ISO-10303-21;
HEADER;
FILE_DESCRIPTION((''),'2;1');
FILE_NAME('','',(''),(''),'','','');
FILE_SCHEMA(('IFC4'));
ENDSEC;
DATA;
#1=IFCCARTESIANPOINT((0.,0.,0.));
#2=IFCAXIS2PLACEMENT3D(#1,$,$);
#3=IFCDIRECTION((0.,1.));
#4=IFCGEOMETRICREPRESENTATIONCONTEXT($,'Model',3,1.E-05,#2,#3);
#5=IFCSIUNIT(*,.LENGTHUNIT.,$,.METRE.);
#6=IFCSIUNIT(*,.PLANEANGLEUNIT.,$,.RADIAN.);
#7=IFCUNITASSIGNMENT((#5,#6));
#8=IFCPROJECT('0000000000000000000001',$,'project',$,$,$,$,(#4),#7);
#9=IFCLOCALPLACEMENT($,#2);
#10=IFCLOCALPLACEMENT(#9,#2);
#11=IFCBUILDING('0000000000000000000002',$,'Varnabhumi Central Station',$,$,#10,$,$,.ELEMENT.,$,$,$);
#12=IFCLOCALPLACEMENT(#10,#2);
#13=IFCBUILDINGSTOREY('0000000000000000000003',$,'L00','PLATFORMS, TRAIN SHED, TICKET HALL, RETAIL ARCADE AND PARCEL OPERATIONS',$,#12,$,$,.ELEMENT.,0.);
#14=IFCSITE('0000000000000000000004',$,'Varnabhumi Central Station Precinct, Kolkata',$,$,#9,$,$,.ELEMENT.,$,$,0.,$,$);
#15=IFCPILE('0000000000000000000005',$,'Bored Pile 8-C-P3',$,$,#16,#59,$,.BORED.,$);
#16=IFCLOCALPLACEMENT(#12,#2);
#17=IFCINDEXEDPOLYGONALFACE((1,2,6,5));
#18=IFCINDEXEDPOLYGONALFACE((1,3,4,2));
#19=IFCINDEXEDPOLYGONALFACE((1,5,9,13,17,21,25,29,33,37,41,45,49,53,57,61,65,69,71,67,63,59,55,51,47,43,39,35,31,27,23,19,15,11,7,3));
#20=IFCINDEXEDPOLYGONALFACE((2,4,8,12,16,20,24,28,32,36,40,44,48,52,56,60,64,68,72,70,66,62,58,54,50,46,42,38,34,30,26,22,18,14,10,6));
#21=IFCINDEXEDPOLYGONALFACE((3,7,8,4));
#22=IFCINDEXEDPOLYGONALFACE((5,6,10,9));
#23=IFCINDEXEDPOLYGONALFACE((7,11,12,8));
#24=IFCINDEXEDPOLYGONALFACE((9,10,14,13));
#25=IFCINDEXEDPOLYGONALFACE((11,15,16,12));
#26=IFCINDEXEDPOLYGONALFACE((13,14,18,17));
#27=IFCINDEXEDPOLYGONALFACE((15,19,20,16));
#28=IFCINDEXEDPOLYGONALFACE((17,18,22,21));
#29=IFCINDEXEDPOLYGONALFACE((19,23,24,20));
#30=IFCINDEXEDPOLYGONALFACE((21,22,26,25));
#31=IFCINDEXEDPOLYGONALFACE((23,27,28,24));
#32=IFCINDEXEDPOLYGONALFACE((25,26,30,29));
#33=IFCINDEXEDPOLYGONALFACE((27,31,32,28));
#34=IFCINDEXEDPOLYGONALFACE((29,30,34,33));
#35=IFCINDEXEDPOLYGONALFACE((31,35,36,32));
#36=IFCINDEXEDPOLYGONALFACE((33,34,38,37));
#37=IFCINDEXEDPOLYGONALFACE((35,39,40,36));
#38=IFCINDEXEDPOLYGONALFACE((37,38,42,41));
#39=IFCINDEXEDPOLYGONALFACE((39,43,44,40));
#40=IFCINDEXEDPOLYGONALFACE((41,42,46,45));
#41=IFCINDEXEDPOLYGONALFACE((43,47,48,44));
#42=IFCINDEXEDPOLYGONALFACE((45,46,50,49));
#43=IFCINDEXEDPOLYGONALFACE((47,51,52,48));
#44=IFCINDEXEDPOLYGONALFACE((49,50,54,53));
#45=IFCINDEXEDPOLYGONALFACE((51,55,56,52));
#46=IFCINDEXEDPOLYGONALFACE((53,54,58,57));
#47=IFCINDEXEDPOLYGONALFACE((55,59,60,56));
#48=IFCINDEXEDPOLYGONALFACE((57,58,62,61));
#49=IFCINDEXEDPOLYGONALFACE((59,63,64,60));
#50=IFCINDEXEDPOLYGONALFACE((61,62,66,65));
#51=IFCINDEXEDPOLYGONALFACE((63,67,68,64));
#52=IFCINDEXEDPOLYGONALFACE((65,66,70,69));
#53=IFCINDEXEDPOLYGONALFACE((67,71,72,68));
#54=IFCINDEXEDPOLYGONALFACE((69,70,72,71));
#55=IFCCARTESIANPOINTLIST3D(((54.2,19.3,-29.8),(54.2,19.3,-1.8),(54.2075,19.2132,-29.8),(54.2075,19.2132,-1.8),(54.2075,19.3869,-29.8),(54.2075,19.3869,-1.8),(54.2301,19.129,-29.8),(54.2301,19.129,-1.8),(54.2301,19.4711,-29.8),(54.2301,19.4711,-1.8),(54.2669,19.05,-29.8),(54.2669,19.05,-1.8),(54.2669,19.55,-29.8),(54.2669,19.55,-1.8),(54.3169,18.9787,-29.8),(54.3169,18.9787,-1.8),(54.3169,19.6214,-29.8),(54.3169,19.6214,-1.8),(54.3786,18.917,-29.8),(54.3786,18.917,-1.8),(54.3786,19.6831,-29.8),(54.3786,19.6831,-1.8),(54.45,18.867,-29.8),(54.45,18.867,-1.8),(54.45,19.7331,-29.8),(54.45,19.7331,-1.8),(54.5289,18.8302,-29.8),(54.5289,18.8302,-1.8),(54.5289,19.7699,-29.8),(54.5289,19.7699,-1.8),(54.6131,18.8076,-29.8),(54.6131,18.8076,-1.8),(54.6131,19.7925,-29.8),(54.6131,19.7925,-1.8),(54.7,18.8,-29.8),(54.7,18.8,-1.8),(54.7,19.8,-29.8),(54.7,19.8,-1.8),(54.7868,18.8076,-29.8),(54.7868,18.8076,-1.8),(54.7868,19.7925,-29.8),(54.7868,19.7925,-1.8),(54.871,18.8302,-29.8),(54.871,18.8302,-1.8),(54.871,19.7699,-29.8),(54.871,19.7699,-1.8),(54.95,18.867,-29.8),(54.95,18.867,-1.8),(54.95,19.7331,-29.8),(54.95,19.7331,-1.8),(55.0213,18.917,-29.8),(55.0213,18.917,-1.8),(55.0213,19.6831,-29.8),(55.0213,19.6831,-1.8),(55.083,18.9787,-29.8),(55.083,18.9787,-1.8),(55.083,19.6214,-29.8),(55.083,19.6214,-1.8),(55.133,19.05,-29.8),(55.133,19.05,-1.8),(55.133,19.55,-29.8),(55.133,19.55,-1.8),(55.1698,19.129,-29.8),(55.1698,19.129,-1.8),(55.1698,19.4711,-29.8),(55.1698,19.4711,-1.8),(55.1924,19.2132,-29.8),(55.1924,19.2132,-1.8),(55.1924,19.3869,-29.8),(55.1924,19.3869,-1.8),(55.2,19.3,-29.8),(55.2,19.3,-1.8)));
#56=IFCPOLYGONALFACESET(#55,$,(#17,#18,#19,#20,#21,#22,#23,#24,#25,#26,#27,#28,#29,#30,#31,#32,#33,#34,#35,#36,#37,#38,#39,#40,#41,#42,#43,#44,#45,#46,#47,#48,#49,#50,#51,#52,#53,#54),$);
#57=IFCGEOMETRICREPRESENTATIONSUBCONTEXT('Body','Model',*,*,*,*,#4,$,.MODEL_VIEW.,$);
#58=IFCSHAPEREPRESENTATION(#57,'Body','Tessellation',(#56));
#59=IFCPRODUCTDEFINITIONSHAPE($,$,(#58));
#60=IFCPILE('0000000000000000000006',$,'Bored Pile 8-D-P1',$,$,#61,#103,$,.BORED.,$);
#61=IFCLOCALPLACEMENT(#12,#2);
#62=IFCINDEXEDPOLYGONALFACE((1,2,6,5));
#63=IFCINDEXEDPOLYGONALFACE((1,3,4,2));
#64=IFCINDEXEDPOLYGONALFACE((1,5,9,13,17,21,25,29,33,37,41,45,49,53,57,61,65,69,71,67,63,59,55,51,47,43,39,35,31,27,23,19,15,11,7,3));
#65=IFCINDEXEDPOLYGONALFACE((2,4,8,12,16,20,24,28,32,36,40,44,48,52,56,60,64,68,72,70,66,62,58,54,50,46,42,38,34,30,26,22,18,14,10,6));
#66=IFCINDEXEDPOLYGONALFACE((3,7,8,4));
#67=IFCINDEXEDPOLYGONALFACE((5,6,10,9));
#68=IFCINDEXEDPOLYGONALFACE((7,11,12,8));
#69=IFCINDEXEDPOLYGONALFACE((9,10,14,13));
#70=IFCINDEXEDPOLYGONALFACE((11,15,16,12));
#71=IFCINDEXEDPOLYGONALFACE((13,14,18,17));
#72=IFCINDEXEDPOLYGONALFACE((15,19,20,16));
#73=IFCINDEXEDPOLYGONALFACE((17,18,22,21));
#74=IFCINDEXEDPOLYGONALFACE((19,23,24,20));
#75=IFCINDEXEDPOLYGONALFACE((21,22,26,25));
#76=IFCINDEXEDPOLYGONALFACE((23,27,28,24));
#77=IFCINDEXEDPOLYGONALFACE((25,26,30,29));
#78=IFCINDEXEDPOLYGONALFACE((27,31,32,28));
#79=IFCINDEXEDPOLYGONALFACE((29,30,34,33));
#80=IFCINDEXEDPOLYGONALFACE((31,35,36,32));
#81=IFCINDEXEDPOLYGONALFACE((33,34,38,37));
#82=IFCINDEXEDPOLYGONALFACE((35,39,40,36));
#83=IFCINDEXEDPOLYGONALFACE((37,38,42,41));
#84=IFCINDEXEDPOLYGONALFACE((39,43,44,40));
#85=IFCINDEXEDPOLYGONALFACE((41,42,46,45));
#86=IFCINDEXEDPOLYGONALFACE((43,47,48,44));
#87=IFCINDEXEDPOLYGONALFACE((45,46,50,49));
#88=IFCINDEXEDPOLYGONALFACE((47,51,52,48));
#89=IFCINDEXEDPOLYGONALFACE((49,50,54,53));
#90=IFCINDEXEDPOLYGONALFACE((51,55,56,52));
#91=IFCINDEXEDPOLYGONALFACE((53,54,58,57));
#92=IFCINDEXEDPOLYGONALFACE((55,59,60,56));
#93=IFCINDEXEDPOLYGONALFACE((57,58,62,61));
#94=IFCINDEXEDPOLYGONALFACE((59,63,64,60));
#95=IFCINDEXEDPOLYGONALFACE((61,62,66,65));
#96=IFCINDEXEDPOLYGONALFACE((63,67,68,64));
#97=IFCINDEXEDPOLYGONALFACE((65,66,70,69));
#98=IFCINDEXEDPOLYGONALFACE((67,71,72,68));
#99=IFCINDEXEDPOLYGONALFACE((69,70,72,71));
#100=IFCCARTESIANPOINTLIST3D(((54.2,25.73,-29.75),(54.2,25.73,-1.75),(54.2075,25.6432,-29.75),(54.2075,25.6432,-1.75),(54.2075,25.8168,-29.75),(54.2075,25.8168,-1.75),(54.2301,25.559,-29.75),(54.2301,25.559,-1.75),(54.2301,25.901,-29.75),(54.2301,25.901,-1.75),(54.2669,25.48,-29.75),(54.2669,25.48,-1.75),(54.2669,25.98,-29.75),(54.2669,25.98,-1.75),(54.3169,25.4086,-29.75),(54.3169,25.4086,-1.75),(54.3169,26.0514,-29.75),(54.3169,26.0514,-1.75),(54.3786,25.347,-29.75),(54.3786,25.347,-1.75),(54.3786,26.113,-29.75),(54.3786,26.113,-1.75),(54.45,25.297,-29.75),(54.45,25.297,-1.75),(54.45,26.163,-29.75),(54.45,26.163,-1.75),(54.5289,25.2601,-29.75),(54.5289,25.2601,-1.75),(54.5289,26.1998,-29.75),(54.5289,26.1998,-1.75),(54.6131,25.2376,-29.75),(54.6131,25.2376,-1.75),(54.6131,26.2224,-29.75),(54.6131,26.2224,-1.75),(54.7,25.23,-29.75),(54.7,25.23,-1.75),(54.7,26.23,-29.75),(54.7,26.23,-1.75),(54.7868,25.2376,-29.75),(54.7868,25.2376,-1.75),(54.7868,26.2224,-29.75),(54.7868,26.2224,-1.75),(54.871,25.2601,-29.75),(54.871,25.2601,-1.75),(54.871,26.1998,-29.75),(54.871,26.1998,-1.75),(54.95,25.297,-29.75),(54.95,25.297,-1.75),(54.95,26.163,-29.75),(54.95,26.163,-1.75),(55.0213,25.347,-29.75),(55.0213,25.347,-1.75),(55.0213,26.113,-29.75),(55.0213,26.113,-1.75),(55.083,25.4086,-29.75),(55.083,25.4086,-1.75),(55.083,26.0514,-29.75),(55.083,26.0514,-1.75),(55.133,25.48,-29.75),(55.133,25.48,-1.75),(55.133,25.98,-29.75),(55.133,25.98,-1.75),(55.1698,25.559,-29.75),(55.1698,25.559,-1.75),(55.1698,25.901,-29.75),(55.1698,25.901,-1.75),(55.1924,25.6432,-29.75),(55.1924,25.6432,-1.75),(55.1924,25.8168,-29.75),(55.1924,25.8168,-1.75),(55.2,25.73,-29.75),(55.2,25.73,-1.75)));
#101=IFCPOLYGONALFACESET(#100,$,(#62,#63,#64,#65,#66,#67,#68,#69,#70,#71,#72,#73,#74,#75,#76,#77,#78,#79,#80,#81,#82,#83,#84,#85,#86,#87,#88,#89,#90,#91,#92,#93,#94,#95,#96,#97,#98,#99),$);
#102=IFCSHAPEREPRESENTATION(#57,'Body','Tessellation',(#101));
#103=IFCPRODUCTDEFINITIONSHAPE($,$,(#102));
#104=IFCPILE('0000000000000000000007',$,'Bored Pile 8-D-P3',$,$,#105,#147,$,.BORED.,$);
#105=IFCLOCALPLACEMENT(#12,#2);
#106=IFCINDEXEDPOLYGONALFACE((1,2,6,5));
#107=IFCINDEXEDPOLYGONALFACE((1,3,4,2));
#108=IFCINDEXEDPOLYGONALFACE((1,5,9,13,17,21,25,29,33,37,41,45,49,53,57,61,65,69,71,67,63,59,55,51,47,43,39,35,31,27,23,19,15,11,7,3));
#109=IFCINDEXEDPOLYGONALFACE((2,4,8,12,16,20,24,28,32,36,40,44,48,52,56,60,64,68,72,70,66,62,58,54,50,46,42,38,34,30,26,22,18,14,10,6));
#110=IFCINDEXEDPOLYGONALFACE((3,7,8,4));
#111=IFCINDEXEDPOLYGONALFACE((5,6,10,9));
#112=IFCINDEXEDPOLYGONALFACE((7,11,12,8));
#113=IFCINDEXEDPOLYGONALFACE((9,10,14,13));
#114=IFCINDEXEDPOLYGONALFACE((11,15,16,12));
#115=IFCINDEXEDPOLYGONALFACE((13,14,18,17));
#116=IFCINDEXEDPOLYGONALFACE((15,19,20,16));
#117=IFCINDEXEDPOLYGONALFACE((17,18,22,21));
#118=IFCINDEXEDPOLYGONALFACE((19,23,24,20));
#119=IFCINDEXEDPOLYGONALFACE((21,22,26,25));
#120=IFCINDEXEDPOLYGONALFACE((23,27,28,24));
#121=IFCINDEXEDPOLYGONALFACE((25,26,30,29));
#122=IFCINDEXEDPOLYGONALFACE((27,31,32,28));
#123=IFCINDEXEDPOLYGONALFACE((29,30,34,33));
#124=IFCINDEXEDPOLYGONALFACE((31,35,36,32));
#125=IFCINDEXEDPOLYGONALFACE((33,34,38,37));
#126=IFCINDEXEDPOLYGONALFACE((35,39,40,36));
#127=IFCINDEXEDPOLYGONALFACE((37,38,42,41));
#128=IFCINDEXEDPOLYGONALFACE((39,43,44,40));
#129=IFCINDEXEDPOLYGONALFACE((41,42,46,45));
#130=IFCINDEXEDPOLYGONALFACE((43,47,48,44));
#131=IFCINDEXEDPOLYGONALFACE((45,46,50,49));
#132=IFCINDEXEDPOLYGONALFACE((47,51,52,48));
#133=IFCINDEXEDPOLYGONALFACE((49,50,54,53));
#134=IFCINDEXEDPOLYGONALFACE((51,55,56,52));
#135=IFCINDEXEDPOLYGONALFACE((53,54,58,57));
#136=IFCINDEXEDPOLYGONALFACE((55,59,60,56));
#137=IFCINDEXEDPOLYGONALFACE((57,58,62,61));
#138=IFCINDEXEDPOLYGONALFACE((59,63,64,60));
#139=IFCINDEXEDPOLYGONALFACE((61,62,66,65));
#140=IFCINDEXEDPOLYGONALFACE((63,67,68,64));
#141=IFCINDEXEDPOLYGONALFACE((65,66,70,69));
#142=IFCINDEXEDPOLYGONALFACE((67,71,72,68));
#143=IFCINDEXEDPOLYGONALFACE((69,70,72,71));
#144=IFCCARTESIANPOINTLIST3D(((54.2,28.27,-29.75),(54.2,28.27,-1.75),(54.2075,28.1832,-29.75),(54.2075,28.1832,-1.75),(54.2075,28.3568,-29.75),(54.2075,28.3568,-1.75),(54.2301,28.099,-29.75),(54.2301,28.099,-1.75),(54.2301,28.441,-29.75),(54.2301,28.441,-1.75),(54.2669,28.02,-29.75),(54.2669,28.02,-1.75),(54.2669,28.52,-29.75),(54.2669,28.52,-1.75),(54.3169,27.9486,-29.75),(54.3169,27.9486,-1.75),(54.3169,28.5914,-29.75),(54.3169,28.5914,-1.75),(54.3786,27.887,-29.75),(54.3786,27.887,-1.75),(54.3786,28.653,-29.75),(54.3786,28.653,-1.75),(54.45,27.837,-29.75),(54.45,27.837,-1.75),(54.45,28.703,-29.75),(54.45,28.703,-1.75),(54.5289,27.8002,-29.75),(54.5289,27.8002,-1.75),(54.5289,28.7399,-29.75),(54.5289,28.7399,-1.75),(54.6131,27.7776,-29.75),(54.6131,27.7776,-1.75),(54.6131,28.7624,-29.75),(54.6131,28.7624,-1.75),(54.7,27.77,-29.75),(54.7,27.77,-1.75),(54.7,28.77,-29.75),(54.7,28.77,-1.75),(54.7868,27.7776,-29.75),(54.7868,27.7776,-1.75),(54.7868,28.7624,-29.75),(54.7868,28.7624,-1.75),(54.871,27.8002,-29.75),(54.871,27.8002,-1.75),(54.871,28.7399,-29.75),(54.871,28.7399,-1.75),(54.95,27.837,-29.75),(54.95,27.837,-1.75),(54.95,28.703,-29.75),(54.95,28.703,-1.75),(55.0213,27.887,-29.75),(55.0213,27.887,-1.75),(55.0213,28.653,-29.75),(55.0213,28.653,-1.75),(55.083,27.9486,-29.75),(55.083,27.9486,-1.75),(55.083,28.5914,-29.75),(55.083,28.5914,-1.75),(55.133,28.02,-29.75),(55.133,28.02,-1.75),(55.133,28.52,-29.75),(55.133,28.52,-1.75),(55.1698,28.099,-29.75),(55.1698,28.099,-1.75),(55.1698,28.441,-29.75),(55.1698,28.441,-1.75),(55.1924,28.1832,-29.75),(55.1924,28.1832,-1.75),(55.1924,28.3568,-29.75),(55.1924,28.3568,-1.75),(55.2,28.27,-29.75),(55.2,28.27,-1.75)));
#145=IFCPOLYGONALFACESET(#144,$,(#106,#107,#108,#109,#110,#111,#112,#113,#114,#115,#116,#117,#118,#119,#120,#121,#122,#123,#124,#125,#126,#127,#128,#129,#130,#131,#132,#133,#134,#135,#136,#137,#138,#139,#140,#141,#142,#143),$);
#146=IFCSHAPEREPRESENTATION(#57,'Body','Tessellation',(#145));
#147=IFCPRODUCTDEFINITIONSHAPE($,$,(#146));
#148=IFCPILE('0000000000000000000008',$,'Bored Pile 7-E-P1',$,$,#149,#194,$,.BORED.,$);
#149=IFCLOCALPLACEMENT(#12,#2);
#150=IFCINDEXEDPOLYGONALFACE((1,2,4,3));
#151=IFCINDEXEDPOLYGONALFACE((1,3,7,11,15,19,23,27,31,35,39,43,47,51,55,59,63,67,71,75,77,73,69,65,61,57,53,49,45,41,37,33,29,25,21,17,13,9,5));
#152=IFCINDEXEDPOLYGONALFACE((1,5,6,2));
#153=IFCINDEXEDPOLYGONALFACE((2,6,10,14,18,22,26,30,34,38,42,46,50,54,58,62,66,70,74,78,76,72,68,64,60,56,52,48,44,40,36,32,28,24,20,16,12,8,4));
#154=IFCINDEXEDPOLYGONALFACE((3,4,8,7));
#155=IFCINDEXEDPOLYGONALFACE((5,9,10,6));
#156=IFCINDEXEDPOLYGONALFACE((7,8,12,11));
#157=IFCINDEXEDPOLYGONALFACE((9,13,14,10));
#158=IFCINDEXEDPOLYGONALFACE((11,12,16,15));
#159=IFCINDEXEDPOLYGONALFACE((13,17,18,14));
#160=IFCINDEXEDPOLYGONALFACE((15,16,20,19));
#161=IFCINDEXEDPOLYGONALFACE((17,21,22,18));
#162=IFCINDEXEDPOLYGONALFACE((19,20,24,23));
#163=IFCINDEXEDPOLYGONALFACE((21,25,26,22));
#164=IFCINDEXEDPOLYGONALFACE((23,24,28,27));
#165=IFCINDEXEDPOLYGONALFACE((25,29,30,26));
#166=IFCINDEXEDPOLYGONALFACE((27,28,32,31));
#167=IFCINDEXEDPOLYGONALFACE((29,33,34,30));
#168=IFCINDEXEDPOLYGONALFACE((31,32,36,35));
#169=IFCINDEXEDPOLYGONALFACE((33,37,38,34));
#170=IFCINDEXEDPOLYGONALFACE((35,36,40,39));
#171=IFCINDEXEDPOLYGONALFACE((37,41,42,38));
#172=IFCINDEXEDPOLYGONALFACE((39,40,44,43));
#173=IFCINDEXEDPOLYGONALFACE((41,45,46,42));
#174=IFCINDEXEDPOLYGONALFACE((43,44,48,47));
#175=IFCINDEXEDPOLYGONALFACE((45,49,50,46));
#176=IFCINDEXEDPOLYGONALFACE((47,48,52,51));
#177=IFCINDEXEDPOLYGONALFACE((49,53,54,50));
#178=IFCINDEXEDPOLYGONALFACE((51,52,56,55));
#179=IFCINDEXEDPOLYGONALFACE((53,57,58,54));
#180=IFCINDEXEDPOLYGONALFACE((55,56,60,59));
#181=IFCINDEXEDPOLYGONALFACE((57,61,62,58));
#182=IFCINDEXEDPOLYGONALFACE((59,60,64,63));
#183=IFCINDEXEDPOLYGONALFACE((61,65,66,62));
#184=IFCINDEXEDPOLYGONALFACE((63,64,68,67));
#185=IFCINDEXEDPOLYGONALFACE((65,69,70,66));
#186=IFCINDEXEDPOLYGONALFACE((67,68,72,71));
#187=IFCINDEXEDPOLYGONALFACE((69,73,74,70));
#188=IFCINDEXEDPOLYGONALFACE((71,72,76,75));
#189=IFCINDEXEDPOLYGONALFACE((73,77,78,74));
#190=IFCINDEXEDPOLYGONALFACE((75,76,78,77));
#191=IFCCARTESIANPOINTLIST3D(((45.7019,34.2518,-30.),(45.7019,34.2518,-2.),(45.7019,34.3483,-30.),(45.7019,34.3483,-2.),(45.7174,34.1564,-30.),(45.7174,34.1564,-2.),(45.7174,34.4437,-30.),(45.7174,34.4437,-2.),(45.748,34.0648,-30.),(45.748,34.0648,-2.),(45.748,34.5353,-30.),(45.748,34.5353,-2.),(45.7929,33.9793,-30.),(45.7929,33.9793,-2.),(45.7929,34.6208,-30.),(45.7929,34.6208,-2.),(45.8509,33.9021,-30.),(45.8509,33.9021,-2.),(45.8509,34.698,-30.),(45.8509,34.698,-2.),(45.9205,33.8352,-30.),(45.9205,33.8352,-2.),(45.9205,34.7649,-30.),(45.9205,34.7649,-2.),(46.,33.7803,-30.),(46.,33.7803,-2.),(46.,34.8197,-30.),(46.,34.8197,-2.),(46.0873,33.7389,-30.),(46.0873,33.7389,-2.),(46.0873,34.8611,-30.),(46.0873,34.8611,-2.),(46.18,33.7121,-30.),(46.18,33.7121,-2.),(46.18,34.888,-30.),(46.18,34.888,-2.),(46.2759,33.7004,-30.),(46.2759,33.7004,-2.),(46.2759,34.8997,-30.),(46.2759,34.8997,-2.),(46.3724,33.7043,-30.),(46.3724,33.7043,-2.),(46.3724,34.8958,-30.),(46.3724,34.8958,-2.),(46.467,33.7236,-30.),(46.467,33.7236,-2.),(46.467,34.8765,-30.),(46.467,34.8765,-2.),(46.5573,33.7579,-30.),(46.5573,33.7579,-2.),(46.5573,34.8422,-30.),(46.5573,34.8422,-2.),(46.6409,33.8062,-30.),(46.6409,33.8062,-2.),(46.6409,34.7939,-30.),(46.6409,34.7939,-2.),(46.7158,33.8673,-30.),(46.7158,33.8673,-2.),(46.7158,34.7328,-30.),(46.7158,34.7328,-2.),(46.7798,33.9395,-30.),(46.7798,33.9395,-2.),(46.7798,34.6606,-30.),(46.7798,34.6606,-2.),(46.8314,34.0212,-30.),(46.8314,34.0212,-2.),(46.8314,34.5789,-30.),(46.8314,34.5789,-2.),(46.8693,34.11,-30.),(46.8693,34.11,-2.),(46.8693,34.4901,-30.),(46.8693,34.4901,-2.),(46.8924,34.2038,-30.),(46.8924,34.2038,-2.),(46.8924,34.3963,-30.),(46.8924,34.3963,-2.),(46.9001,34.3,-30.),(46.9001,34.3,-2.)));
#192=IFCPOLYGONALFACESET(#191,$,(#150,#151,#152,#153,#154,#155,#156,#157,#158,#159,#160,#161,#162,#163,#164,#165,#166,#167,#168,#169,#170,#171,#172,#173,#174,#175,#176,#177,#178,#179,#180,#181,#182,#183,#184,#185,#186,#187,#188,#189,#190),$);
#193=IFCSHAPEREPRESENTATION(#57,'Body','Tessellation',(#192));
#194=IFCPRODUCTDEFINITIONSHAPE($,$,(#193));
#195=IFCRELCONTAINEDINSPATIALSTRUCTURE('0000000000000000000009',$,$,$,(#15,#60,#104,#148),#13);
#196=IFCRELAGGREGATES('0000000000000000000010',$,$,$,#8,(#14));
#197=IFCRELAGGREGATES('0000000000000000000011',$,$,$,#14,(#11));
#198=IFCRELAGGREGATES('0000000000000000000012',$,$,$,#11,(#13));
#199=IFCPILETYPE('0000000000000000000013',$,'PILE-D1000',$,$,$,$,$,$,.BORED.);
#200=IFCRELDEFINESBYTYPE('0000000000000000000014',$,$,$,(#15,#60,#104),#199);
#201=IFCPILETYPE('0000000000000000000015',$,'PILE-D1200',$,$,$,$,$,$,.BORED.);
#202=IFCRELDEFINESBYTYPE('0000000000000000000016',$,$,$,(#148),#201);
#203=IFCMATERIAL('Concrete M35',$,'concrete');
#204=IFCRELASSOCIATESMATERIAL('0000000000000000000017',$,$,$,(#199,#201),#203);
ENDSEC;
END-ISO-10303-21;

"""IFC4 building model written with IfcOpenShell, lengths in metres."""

from ifc_helpers import new_model, si_unit, direction, frame, origin, origin_2d, place, context, subcontext, project, spatial, circle, extrude, material, material_profile, profile_set, type_object, element, save


model = new_model("IFC4")

# Units and contexts
model_context = context("Model", 3, precision=1e-05, world=origin(), true_north=direction((0.0, 1.0)))
body_context = subcontext(model_context, "Body", "Model", "MODEL_VIEW")
ifc_project = project(units=[si_unit("LENGTHUNIT", "METRE"), si_unit("PLANEANGLEUNIT", "RADIAN")], contexts=[model_context])

# Site, building, storey
site_placement = place(None, origin())
site = spatial("IfcSite", under=ifc_project, at=site_placement, Name="Varnabhumi Central Station Precinct, Kolkata", CompositionType="ELEMENT", RefElevation=0.0)
building_placement = place(site_placement, origin())
building = spatial("IfcBuilding", under=site, at=building_placement, Name="Varnabhumi Central Station", CompositionType="ELEMENT")
storey_placement = place(building_placement, origin())
storey = spatial("IfcBuildingStorey", under=building, at=storey_placement, Name="L00", Description="PLATFORMS, TRAIN SHED, TICKET HALL, RETAIL ARCADE AND PARCEL OPERATIONS", CompositionType="ELEMENT", Elevation=0.0)

# Piles
ifc_material_1 = material(Name="Concrete M35", Category="concrete")
ifc_material_profile_1 = material_profile(ifc_material_1, circle(Radius=0.5, at=origin_2d()), Name="Concrete M35", Category="concrete")
ifc_profile_set_1 = profile_set([ifc_material_profile_1], Name="Concrete M35")
pile_type_1 = type_object("IfcPileType", Name="PILE-D1000", PredefinedType="BORED", material=ifc_profile_set_1)
for number, where, z_axis, x_axis, name in (
    (1, (54.7, 19.3, -1.8), (0.0, 0.0, -1.0), (1.0, 0.0, 0.0), "Bored Pile 8-C-P3"),
    (2, (54.7, 25.73, -1.75), (0.0, 0.0, -1.0), (1.0, 0.0, 0.0), "Bored Pile 8-D-P1"),
    (3, (54.7, 28.27, -1.75), (0.0, 0.0, -1.0), (1.0, 0.0, 0.0), "Bored Pile 8-D-P3"),
):
    element("IfcPile", number, at=place(storey_placement, frame(where, z_axis=z_axis, x_axis=x_axis)), inside=storey, type_object=pile_type_1, Name=name, PredefinedType="BORED", context=body_context, shape_type="SweptSolid", body=[
        extrude(circle(Radius=0.5, at=origin_2d()), origin(), (0.0, 0.0, 1.0), 28.0),
    ])
ifc_material_profile_2 = material_profile(ifc_material_1, circle(Radius=0.6001, at=origin_2d()), Name="Concrete M35", Category="concrete")
ifc_profile_set_2 = profile_set([ifc_material_profile_2], Name="Concrete M35")
pile_type_2 = type_object("IfcPileType", Name="PILE-D1200", PredefinedType="BORED", material=ifc_profile_set_2)
pile_placement = place(storey_placement, frame((46.3, 34.3, -2.0), z_axis=(0.0, 0.0, -1.0), x_axis=(1.0, 0.0, 0.0)))
element("IfcPile", 4, at=pile_placement, inside=storey, type_object=pile_type_2, Name="Bored Pile 7-E-P1", PredefinedType="BORED", context=body_context, shape_type="SweptSolid", body=[
    extrude(circle(Radius=0.6001, at=origin_2d()), origin(), (0.0, 0.0, 1.0), 28.0),
])

save(model, "model.ifc")
